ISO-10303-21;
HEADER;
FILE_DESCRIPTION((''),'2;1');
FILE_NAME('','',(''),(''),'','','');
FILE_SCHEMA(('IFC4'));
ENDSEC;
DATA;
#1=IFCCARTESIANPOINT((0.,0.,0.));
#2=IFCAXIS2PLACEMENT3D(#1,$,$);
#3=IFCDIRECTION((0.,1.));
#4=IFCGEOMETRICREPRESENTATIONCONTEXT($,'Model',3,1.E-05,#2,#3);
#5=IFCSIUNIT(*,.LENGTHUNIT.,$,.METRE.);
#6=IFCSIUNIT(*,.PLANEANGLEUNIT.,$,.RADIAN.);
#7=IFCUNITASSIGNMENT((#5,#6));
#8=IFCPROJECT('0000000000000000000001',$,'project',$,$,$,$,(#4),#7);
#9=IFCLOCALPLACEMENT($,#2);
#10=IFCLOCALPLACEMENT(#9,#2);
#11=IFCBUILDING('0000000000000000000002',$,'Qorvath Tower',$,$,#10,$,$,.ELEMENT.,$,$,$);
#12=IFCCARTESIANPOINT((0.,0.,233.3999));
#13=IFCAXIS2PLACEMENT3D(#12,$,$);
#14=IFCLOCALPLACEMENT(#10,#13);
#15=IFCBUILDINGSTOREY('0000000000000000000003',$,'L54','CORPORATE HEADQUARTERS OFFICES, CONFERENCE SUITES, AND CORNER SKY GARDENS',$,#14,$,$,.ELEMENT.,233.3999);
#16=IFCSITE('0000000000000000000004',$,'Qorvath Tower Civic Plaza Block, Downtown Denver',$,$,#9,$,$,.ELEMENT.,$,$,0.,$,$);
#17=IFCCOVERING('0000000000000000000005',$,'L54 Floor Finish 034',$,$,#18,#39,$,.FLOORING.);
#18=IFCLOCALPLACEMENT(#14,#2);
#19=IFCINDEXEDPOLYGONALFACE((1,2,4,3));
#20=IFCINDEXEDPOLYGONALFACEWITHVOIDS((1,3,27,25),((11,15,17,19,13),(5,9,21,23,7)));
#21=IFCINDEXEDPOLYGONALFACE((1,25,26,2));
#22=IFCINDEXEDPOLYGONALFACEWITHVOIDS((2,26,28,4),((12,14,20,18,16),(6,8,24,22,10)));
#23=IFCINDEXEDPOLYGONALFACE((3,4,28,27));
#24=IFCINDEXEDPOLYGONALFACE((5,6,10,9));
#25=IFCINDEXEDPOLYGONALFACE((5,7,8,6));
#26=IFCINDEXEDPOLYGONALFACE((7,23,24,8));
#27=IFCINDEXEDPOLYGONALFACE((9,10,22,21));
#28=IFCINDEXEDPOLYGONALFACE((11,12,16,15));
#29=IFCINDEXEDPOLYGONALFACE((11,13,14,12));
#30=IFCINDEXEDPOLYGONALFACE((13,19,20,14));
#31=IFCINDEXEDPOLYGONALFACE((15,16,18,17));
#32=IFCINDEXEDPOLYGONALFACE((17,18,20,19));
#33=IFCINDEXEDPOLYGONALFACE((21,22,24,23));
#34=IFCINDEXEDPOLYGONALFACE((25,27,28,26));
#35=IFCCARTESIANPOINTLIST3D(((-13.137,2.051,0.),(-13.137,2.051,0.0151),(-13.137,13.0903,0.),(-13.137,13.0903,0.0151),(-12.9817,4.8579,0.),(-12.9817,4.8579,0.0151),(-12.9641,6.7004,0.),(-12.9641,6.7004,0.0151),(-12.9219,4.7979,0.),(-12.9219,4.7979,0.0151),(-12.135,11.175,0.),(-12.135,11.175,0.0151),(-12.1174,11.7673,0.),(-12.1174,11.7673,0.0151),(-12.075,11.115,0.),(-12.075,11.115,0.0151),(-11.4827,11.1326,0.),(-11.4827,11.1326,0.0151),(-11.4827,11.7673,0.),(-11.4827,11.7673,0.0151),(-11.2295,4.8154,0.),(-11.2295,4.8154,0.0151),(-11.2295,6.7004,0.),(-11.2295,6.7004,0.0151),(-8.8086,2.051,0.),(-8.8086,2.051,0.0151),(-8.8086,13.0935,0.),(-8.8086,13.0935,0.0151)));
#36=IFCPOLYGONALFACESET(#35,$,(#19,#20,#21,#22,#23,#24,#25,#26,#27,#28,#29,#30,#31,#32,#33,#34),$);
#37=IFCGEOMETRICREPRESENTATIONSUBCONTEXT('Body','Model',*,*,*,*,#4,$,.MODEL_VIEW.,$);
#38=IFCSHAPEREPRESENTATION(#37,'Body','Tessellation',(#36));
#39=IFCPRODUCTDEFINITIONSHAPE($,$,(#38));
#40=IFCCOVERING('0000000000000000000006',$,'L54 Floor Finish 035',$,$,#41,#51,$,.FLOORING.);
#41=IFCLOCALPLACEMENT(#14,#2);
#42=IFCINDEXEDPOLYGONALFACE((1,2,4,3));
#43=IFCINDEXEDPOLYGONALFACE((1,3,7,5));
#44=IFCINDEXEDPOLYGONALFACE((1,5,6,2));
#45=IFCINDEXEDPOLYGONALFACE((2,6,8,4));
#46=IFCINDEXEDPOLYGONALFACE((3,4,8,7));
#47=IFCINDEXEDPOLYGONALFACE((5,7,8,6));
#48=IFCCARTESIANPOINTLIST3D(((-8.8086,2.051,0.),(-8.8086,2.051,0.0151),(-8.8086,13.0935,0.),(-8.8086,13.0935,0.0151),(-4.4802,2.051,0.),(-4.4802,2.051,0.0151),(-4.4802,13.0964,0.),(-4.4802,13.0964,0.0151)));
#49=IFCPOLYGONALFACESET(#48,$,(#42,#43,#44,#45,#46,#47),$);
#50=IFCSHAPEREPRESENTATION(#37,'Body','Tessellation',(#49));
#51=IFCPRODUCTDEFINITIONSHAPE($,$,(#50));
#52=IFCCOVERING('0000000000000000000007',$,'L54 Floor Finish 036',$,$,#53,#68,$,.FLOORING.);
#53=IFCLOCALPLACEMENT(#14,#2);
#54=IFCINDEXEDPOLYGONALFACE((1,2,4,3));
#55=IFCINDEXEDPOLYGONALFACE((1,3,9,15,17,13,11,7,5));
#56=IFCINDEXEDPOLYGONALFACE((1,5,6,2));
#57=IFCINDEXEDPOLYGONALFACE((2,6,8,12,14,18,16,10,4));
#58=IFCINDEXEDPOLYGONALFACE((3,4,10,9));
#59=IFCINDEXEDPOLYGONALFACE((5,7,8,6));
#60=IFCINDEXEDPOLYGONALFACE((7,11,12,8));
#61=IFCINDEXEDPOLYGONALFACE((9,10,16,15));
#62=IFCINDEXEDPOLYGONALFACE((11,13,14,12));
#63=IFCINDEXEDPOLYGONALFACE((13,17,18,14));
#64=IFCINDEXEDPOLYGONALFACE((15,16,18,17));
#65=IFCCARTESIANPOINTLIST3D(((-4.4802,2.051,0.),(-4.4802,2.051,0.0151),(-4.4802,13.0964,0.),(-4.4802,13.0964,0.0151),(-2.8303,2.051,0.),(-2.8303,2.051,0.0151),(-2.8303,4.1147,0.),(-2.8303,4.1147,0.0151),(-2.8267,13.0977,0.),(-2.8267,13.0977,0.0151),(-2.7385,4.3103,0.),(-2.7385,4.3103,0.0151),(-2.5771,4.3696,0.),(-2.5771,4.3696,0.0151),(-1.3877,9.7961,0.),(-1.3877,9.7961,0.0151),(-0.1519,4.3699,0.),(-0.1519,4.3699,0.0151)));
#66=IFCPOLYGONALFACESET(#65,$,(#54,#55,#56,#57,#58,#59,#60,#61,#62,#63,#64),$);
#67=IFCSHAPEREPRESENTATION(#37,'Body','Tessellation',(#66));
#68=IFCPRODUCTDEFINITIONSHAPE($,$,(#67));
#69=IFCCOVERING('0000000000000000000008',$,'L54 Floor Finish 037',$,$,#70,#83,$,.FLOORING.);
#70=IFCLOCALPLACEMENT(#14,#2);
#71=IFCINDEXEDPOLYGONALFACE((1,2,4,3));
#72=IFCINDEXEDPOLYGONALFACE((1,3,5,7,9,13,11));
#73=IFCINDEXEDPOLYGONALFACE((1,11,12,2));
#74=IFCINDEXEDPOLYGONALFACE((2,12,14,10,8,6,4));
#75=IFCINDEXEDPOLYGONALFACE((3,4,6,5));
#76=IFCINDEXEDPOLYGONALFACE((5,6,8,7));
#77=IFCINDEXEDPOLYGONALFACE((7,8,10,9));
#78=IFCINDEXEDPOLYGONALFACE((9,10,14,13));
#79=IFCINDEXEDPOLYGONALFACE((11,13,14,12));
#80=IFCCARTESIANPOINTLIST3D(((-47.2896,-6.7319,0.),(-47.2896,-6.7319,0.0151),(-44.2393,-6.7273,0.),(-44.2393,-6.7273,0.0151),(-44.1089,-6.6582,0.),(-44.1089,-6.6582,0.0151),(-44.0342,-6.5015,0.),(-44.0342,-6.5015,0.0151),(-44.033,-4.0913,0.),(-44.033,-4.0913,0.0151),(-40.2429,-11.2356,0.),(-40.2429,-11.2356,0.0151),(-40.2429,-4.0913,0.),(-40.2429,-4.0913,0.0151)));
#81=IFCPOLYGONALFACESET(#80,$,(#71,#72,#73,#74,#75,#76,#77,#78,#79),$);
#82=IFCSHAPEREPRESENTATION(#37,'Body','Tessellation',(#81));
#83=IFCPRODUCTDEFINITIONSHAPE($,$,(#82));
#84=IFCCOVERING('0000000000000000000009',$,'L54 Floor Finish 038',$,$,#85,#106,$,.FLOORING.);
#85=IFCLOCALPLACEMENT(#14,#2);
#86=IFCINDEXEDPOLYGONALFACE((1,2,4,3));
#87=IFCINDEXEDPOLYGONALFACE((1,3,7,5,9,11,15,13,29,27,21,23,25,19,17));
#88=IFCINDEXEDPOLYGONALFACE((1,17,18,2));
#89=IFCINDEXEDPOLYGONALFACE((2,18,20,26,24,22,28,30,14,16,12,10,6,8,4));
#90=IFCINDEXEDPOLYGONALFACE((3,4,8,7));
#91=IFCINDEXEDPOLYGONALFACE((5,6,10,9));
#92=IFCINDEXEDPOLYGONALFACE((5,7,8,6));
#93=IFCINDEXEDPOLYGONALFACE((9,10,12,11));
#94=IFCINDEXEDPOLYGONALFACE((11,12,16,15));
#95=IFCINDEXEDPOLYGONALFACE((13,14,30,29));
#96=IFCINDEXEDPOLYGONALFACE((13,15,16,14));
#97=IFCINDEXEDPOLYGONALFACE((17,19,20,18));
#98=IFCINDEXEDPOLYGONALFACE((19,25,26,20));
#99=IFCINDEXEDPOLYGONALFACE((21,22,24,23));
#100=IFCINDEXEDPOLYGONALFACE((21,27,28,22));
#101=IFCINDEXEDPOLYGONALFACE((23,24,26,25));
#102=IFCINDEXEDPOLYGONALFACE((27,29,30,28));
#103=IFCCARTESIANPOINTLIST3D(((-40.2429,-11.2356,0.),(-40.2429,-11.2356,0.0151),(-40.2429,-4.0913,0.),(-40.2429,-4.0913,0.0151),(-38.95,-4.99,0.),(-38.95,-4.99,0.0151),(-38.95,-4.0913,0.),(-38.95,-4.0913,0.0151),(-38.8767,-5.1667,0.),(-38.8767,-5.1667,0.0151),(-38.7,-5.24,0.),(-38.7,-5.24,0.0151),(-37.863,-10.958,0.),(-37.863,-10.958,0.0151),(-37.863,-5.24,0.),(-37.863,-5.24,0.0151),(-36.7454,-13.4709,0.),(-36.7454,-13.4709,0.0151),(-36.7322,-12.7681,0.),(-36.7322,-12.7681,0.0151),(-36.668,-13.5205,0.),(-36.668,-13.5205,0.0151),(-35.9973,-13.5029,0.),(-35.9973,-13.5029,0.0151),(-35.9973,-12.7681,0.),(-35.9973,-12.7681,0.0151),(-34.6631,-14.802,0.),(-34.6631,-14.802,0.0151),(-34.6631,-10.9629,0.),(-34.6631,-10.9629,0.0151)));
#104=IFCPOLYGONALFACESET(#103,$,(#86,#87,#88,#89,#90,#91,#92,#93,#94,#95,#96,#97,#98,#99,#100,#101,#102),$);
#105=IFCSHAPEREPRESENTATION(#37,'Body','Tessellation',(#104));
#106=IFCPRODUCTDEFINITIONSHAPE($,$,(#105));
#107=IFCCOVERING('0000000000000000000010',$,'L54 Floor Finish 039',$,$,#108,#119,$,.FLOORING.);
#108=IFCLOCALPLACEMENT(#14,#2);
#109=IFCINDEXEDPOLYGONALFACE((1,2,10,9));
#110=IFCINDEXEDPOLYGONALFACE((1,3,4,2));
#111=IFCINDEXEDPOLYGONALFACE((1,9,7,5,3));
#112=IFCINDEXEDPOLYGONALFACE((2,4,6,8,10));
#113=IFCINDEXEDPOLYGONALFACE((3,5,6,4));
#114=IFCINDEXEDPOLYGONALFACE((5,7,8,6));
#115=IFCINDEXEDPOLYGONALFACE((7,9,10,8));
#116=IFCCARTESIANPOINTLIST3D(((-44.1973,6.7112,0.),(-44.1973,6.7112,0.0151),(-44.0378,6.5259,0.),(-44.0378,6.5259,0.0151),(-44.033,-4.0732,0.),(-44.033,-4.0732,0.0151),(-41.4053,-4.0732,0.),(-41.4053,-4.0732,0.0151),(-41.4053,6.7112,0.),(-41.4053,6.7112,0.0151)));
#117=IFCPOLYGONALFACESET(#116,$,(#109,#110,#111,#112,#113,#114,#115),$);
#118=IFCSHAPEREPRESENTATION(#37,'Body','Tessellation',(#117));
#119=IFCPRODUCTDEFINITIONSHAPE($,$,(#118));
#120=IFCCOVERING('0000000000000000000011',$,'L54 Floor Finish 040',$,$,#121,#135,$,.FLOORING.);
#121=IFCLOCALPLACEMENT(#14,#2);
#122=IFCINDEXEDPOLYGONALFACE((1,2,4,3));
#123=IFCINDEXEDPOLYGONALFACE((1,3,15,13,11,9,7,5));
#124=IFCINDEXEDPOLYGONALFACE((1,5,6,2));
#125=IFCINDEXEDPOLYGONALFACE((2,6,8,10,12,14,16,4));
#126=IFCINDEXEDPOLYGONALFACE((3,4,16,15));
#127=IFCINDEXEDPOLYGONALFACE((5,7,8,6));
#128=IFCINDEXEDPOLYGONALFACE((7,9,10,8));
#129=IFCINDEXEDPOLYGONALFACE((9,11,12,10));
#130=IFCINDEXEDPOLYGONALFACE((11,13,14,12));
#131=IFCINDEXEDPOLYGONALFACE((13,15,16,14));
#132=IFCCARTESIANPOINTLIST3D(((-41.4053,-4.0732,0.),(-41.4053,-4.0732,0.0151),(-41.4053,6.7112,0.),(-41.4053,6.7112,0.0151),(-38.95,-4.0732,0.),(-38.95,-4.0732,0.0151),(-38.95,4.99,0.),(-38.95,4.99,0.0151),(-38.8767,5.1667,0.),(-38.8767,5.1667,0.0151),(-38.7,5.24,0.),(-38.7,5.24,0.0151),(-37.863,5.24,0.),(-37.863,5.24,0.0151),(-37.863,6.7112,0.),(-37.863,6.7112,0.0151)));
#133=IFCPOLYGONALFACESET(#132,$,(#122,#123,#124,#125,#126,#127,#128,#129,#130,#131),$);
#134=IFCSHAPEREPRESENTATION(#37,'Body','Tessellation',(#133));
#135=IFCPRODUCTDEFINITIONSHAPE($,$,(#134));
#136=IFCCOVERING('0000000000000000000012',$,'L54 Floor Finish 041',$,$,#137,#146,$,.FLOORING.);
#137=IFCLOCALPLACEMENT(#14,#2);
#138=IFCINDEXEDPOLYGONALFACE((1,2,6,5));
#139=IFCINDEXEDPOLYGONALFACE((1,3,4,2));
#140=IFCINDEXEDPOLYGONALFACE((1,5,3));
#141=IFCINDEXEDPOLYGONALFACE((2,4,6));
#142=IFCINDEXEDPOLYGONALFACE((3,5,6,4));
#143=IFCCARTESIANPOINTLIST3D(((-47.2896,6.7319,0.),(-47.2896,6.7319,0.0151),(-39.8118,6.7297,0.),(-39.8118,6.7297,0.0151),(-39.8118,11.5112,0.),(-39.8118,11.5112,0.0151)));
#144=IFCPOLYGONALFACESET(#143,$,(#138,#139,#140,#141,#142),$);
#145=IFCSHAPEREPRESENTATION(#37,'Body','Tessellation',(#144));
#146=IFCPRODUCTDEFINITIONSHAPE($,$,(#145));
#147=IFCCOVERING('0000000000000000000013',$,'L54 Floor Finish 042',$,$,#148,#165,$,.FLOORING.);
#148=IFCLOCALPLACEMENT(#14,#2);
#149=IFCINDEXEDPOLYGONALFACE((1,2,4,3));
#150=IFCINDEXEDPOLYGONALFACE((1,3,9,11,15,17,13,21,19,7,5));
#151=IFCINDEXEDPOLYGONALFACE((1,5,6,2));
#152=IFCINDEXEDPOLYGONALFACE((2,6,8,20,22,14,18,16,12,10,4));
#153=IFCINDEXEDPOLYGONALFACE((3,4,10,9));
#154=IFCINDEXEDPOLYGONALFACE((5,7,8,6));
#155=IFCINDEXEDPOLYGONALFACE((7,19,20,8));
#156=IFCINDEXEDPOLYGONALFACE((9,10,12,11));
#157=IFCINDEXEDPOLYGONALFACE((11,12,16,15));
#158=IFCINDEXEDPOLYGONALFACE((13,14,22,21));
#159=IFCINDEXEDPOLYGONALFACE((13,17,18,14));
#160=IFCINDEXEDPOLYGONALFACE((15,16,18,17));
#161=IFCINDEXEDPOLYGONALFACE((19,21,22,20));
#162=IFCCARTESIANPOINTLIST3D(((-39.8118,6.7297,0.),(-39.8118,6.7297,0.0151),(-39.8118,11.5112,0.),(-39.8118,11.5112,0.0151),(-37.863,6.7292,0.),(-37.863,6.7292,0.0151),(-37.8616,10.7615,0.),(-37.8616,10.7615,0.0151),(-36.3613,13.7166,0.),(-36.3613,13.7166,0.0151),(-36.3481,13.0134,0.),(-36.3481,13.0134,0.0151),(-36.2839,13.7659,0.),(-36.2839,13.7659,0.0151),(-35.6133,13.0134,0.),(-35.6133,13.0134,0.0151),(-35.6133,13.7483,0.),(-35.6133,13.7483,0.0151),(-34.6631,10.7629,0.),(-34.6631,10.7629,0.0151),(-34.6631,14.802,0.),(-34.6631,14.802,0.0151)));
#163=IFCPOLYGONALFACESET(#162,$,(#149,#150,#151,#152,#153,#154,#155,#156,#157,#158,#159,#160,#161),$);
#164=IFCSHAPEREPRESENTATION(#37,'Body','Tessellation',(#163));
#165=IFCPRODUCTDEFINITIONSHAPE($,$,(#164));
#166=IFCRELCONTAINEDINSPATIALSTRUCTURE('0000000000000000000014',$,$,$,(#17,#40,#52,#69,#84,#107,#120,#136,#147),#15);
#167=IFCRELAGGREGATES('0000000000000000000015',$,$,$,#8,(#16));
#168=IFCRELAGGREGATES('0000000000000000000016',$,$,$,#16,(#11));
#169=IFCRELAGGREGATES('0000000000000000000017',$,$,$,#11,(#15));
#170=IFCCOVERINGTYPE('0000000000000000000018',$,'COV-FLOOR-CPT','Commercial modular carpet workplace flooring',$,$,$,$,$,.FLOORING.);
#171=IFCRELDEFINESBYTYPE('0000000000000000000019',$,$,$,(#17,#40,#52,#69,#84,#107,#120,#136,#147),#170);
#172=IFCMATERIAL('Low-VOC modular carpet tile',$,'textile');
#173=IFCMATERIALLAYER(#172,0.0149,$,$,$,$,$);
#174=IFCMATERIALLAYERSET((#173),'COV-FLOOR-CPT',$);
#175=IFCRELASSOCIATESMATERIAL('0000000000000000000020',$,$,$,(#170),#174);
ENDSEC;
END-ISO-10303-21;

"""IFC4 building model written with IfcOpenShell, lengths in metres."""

from ifc_helpers import new_model, si_unit, direction, frame, origin, place, context, subcontext, project, spatial, polyline, outline, extrude, material, layer, layer_set, type_object, element, save


model = new_model("IFC4")

# Units and contexts
model_context = context("Model", 3, precision=1e-05, world=origin(), true_north=direction((0.0, 1.0)))
body_context = subcontext(model_context, "Body", "Model", "MODEL_VIEW")
ifc_project = project(units=[si_unit("LENGTHUNIT", "METRE"), si_unit("PLANEANGLEUNIT", "RADIAN")], contexts=[model_context])

# Site, building, storey
site_placement = place(None, origin())
site = spatial("IfcSite", under=ifc_project, at=site_placement, Name="Qorvath Tower Civic Plaza Block, Downtown Denver", CompositionType="ELEMENT", RefElevation=0.0)
building_placement = place(site_placement, origin())
building = spatial("IfcBuilding", under=site, at=building_placement, Name="Qorvath Tower", CompositionType="ELEMENT")
storey_placement = place(building_placement, frame((0.0, 0.0, 233.3999)))
storey = spatial("IfcBuildingStorey", under=building, at=storey_placement, Name="L54", Description="CORPORATE HEADQUARTERS OFFICES, CONFERENCE SUITES, AND CORNER SKY GARDENS", CompositionType="ELEMENT", Elevation=233.3999)

# Coverings
ifc_material_1 = material(Name="Low-VOC modular carpet tile", Category="textile")
ifc_layer_1 = layer(ifc_material_1, 0.0149)
ifc_layer_set_1 = layer_set([ifc_layer_1], Name="COV-FLOOR-CPT")
covering_type_1 = type_object("IfcCoveringType", Name="COV-FLOOR-CPT", Description="Commercial modular carpet workplace flooring", PredefinedType="FLOORING", material=ifc_layer_set_1)
covering_1_placement = place(storey_placement, origin())
element("IfcCovering", 1, at=covering_1_placement, inside=storey, type_object=covering_type_1, Name="L54 Floor Finish 034", PredefinedType="FLOORING", context=body_context, shape_type="SweptSolid", body=[
    extrude(outline(polyline([(-8.8086, 2.051), (-8.8086, 13.0935), (-13.137, 13.0903), (-13.137, 2.051), (-8.8086, 2.051)]), holes=[polyline([(-12.9817, 4.8579), (-12.9641, 6.7004), (-11.2295, 6.7004), (-11.2295, 4.8154), (-12.9219, 4.7979), (-12.9817, 4.8579)]), polyline([(-12.135, 11.175), (-12.1174, 11.7673), (-11.4827, 11.7673), (-11.4827, 11.1326), (-12.075, 11.115), (-12.135, 11.175)])]), origin(), (0.0, 0.0, 1.0), 0.0151),
])
covering_2_placement = place(storey_placement, origin())
element("IfcCovering", 2, at=covering_2_placement, inside=storey, type_object=covering_type_1, Name="L54 Floor Finish 035", PredefinedType="FLOORING", context=body_context, shape_type="SweptSolid", body=[
    extrude(outline(polyline([(-4.4802, 2.051), (-4.4802, 13.0964), (-8.8086, 13.0935), (-8.8086, 2.051), (-4.4802, 2.051)])), origin(), (0.0, 0.0, 1.0), 0.0151),
])
covering_3_placement = place(storey_placement, origin())
element("IfcCovering", 3, at=covering_3_placement, inside=storey, type_object=covering_type_1, Name="L54 Floor Finish 036", PredefinedType="FLOORING", context=body_context, shape_type="SweptSolid", body=[
    extrude(outline(polyline([(-2.5771, 4.3696), (-0.1519, 4.3699), (-1.3877, 9.7961), (-2.8267, 13.0977), (-4.4802, 13.0964), (-4.4802, 2.051), (-2.8303, 2.051), (-2.8303, 4.1147), (-2.7385, 4.3103), (-2.5771, 4.3696)])), origin(), (0.0, 0.0, 1.0), 0.0151),
])
covering_4_placement = place(storey_placement, origin())
element("IfcCovering", 4, at=covering_4_placement, inside=storey, type_object=covering_type_1, Name="L54 Floor Finish 037", PredefinedType="FLOORING", context=body_context, shape_type="SweptSolid", body=[
    extrude(outline(polyline([(-44.1089, -6.6582), (-44.2393, -6.7273), (-47.2896, -6.7319), (-40.2429, -11.2356), (-40.2429, -4.0913), (-44.033, -4.0913), (-44.0342, -6.5015), (-44.1089, -6.6582)])), origin(), (0.0, 0.0, 1.0), 0.0151),
])
covering_5_placement = place(storey_placement, origin())
element("IfcCovering", 5, at=covering_5_placement, inside=storey, type_object=covering_type_1, Name="L54 Floor Finish 038", PredefinedType="FLOORING", context=body_context, shape_type="SweptSolid", body=[
    extrude(outline(polyline([(-40.2429, -4.0913), (-40.2429, -11.2356), (-36.7454, -13.4709), (-36.7322, -12.7681), (-35.9973, -12.7681), (-35.9973, -13.5029), (-36.668, -13.5205), (-34.6631, -14.802), (-34.6631, -10.9629), (-37.863, -10.958), (-37.863, -5.24), (-38.7, -5.24), (-38.8767, -5.1667), (-38.95, -4.99), (-38.95, -4.0913), (-40.2429, -4.0913)])), origin(), (0.0, 0.0, 1.0), 0.0151),
])
covering_6_placement = place(storey_placement, origin())
element("IfcCovering", 6, at=covering_6_placement, inside=storey, type_object=covering_type_1, Name="L54 Floor Finish 039", PredefinedType="FLOORING", context=body_context, shape_type="SweptSolid", body=[
    extrude(outline(polyline([(-44.0378, 6.5259), (-44.033, -4.0732), (-41.4053, -4.0732), (-41.4053, 6.7112), (-44.1973, 6.7112), (-44.0378, 6.5259)])), origin(), (0.0, 0.0, 1.0), 0.0151),
])
covering_7_placement = place(storey_placement, origin())
element("IfcCovering", 7, at=covering_7_placement, inside=storey, type_object=covering_type_1, Name="L54 Floor Finish 040", PredefinedType="FLOORING", context=body_context, shape_type="SweptSolid", body=[
    extrude(outline(polyline([(-41.4053, 6.7112), (-41.4053, -4.0732), (-38.95, -4.0732), (-38.95, 4.99), (-38.8767, 5.1667), (-38.7, 5.24), (-37.863, 5.24), (-37.863, 6.7112), (-41.4053, 6.7112)])), origin(), (0.0, 0.0, 1.0), 0.0151),
])
covering_8_placement = place(storey_placement, origin())
element("IfcCovering", 8, at=covering_8_placement, inside=storey, type_object=covering_type_1, Name="L54 Floor Finish 041", PredefinedType="FLOORING", context=body_context, shape_type="SweptSolid", body=[
    extrude(outline(polyline([(-39.8118, 6.7297), (-39.8118, 11.5112), (-47.2896, 6.7319), (-39.8118, 6.7297)])), origin(), (0.0, 0.0, 1.0), 0.0151),
])
covering_9_placement = place(storey_placement, origin())
element("IfcCovering", 9, at=covering_9_placement, inside=storey, type_object=covering_type_1, Name="L54 Floor Finish 042", PredefinedType="FLOORING", context=body_context, shape_type="SweptSolid", body=[
    extrude(outline(polyline([(-36.3613, 13.7166), (-39.8118, 11.5112), (-39.8118, 6.7297), (-37.863, 6.7292), (-37.8616, 10.7615), (-34.6631, 10.7629), (-34.6631, 14.802), (-36.2839, 13.7659), (-35.6133, 13.7483), (-35.6133, 13.0134), (-36.3481, 13.0134), (-36.3613, 13.7166)])), origin(), (0.0, 0.0, 1.0), 0.0151),
])

save(model, "model.ifc")
